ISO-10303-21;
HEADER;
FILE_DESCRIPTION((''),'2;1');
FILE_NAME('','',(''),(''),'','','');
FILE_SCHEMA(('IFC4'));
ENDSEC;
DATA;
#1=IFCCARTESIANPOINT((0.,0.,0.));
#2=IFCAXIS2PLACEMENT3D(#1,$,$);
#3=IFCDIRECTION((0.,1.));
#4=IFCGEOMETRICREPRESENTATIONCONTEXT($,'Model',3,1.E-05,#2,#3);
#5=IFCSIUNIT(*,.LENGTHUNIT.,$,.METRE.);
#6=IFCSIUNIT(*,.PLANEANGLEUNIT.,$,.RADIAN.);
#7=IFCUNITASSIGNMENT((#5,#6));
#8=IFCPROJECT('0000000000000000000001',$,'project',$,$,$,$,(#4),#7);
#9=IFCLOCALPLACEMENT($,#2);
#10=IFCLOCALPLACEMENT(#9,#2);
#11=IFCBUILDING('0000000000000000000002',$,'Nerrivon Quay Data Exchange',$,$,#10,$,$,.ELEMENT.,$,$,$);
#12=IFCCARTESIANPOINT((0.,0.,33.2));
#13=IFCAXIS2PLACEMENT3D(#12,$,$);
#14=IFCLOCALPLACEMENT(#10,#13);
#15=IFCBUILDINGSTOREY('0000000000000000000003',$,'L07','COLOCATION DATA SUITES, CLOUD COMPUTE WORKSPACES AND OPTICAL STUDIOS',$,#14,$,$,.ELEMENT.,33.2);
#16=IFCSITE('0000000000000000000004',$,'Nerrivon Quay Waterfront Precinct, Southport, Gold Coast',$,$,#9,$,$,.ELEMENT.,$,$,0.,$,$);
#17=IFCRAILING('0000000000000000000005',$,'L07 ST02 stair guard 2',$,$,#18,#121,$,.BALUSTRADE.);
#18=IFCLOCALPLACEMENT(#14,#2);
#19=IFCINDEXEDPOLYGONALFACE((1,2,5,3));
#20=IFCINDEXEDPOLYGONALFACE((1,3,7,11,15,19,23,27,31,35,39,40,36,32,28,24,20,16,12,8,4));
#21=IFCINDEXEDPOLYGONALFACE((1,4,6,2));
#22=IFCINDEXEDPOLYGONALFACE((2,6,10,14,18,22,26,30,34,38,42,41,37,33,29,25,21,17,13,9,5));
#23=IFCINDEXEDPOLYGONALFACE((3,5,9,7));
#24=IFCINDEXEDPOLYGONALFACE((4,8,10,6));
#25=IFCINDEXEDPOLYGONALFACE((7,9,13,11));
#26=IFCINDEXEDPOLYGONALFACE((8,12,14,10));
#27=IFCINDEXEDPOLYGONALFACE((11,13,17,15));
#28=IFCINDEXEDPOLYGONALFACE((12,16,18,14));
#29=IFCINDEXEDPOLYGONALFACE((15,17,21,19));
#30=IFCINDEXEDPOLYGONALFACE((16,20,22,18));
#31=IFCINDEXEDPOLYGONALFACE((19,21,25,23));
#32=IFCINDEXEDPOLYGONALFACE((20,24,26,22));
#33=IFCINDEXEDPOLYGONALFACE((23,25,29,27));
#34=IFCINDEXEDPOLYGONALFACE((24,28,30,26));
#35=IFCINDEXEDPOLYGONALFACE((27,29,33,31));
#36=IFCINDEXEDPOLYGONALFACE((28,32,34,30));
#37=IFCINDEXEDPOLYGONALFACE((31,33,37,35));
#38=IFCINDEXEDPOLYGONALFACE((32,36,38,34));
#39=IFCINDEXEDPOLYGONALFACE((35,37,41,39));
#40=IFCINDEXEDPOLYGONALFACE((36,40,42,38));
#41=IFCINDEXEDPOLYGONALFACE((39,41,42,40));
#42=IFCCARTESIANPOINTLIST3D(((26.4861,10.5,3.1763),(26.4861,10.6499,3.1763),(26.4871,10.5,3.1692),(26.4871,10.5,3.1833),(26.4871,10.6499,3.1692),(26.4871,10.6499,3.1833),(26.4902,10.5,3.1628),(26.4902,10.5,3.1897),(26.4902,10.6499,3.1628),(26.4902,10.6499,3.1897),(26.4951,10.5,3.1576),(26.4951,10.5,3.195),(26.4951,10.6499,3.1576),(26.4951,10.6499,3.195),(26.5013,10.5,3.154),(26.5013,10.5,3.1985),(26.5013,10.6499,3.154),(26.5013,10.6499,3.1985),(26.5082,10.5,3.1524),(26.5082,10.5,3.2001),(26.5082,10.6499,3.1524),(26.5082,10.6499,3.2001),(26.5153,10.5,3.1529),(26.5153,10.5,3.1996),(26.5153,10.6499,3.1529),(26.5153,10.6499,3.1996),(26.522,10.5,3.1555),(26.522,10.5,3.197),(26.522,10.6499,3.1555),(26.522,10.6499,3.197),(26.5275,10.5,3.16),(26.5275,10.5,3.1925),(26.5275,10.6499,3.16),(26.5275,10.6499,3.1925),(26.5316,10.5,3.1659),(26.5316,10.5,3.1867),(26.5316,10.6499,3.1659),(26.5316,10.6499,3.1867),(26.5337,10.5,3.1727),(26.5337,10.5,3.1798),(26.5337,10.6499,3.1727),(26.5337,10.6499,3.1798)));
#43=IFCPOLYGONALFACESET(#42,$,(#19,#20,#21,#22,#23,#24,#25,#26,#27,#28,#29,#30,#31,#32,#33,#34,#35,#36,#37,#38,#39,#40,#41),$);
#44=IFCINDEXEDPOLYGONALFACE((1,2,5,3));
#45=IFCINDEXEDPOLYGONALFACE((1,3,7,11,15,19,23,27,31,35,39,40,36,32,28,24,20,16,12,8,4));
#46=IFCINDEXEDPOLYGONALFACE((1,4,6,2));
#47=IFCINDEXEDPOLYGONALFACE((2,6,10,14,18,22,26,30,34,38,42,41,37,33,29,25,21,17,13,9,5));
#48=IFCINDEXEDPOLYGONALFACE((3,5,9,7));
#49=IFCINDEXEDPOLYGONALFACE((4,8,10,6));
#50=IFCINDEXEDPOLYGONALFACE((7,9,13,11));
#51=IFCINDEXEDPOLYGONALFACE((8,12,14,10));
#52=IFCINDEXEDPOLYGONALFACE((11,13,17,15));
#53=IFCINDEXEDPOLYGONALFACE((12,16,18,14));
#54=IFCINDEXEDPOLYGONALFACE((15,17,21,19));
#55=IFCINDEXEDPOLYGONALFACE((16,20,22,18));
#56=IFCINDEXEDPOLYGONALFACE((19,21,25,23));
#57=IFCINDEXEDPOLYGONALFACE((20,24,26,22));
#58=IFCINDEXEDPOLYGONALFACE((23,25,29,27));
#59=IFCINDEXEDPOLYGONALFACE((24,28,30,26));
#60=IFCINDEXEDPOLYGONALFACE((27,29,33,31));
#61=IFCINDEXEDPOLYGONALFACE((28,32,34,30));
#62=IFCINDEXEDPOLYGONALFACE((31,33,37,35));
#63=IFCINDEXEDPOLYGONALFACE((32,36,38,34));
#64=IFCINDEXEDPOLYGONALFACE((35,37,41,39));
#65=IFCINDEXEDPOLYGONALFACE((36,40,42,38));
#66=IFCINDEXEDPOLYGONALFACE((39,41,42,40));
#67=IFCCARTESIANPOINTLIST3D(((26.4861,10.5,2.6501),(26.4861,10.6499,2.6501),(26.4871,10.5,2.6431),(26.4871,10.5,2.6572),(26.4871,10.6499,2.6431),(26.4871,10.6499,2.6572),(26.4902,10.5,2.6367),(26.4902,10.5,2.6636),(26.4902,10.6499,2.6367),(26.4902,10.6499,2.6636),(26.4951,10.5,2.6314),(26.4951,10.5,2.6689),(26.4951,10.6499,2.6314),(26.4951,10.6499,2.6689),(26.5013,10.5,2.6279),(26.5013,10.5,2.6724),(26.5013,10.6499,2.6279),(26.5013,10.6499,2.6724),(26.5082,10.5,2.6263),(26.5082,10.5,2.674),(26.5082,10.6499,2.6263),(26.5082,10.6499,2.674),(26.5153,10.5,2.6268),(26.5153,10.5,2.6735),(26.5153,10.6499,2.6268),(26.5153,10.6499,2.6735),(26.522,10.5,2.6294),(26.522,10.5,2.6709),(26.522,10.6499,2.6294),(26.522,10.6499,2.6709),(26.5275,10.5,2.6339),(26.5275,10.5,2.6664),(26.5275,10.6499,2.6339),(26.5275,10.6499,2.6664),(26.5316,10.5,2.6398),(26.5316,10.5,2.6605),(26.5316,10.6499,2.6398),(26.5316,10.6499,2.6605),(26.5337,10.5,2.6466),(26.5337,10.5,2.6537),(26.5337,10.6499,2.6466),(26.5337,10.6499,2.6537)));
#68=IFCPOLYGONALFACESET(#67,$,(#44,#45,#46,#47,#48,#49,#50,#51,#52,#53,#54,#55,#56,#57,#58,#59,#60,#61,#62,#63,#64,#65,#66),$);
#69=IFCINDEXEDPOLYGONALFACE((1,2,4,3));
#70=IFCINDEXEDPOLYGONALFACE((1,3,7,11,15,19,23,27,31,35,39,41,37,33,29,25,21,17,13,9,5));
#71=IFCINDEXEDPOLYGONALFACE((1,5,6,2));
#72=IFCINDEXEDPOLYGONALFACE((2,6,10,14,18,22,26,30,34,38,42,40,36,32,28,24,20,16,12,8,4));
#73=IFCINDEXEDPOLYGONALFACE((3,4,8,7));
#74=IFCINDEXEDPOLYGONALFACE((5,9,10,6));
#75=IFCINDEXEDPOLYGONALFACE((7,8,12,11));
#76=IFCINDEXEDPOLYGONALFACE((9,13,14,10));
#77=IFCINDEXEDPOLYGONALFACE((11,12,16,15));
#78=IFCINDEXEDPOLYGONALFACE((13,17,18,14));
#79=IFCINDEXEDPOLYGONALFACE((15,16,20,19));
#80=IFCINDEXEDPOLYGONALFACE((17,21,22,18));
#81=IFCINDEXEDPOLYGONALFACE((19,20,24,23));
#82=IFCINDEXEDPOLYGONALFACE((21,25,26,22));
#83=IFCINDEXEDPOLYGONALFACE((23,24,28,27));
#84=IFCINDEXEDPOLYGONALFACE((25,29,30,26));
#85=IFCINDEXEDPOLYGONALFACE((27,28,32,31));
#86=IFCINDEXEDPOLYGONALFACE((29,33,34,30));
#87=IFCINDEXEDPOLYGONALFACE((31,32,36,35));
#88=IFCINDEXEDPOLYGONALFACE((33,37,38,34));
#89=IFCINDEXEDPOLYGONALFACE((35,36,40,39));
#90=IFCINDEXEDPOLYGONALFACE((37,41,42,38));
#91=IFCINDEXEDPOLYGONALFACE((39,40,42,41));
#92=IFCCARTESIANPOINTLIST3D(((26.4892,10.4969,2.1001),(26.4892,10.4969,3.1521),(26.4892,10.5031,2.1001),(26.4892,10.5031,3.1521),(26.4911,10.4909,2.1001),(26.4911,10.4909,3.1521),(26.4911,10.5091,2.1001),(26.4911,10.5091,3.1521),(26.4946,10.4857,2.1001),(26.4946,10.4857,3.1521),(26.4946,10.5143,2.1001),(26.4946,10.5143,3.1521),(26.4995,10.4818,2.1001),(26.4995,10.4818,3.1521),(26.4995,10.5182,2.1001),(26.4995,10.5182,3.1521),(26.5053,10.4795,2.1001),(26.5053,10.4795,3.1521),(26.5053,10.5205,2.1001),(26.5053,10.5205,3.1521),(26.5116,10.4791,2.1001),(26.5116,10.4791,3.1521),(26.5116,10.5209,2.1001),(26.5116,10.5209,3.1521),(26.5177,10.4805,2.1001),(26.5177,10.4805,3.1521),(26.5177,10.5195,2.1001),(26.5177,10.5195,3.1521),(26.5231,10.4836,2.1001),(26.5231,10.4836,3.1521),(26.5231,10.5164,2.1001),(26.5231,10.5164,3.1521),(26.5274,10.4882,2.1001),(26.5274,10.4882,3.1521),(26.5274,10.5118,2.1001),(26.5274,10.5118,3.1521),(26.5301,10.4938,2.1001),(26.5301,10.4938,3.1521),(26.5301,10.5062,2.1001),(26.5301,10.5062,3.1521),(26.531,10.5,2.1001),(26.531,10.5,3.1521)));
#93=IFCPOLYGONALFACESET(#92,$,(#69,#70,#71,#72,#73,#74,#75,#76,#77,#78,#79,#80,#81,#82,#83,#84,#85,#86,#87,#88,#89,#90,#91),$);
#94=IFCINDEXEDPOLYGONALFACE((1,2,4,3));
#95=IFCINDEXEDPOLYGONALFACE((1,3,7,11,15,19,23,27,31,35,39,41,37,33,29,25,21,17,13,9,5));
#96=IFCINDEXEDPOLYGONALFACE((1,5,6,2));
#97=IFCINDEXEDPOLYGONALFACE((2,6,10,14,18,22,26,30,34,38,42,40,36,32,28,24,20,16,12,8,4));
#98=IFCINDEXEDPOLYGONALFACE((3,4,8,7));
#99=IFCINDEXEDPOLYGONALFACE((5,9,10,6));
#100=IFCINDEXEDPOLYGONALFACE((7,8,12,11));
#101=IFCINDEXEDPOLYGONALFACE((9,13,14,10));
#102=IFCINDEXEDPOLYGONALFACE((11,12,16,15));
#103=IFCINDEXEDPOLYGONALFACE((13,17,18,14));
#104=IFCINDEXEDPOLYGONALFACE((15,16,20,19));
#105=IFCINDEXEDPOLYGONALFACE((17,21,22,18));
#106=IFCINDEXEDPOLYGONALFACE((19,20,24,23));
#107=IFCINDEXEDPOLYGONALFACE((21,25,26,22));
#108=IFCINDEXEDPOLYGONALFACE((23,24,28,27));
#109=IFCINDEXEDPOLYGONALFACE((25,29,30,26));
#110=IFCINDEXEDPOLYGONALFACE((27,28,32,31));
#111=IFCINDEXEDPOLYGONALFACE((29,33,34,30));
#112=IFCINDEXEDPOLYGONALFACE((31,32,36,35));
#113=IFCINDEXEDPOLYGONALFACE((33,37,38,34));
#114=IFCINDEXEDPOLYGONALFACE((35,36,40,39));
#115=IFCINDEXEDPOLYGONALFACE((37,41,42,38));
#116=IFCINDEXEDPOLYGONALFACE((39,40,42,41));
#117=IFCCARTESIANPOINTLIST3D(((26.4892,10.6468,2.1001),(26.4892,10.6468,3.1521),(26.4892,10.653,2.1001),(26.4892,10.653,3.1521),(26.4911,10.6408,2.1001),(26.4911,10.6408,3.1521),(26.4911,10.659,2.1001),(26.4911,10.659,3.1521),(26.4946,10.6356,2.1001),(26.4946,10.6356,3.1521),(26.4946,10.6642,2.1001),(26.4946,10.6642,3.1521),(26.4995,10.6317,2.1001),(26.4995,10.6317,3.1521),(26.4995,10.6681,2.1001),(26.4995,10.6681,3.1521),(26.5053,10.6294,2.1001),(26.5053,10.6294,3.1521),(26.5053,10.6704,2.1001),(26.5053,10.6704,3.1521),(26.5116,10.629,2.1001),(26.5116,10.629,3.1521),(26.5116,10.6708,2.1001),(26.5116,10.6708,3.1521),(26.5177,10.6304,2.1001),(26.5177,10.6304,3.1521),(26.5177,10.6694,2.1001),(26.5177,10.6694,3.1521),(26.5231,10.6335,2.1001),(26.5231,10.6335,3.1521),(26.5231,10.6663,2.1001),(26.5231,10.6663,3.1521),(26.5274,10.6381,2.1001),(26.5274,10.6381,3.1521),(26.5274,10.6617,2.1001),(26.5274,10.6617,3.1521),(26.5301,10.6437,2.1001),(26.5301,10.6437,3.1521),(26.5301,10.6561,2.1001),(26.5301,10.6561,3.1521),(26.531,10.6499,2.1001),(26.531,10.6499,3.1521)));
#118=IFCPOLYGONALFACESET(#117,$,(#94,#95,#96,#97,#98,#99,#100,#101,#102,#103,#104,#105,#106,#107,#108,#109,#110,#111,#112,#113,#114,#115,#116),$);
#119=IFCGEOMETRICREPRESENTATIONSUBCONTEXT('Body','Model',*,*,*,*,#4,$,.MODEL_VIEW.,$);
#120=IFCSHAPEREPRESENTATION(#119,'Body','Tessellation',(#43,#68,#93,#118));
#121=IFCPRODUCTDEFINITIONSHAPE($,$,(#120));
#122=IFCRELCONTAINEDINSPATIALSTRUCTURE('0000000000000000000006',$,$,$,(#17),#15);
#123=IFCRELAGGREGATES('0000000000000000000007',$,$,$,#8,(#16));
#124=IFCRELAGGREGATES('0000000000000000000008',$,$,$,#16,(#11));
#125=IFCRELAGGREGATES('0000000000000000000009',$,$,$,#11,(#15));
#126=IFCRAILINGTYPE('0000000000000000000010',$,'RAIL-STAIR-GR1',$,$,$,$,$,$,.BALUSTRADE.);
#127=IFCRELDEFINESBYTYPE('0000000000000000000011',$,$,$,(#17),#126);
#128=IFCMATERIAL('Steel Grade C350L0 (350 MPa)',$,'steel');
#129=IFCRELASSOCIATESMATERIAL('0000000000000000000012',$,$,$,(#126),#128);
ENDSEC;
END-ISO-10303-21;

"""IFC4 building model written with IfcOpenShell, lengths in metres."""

from ifc_helpers import new_model, si_unit, direction, frame, origin, origin_2d, place, context, subcontext, project, spatial, circle, extrude, material, type_object, element, save


model = new_model("IFC4")

# Units and contexts
model_context = context("Model", 3, precision=1e-05, world=origin(), true_north=direction((0.0, 1.0)))
body_context = subcontext(model_context, "Body", "Model", "MODEL_VIEW")
ifc_project = project(units=[si_unit("LENGTHUNIT", "METRE"), si_unit("PLANEANGLEUNIT", "RADIAN")], contexts=[model_context])

# Site, building, storey
site_placement = place(None, origin())
site = spatial("IfcSite", under=ifc_project, at=site_placement, Name="Nerrivon Quay Waterfront Precinct, Southport, Gold Coast", CompositionType="ELEMENT", RefElevation=0.0)
building_placement = place(site_placement, origin())
building = spatial("IfcBuilding", under=site, at=building_placement, Name="Nerrivon Quay Data Exchange", CompositionType="ELEMENT")
storey_placement = place(building_placement, frame((0.0, 0.0, 33.2)))
storey = spatial("IfcBuildingStorey", under=building, at=storey_placement, Name="L07", Description="COLOCATION DATA SUITES, CLOUD COMPUTE WORKSPACES AND OPTICAL STUDIOS", CompositionType="ELEMENT", Elevation=33.2)

# Railing
ifc_material_1 = material(Name="Steel Grade C350L0 (350 MPa)", Category="steel")
railing_type_1 = type_object("IfcRailingType", Name="RAIL-STAIR-GR1", PredefinedType="BALUSTRADE", material=ifc_material_1)
railing_1_placement = place(storey_placement, frame((26.51, 10.5, 2.1001)))
element("IfcRailing", 1, at=railing_1_placement, inside=storey, type_object=railing_type_1, Name="L07 ST02 stair guard 2", PredefinedType="BALUSTRADE", context=body_context, shape_type="SweptSolid", body=[
    extrude(circle(Radius=0.0239, at=origin_2d()), frame((0.0, 0.0, 1.0762), z_axis=(0.0, 1.0, 0.0), x_axis=(-1.0, 0.0, 0.0)), (0.0, 0.0, 1.0), 0.1499),
    extrude(circle(Radius=0.0239, at=origin_2d()), frame((0.0, 0.0, 0.55), z_axis=(0.0, 1.0, 0.0), x_axis=(-1.0, 0.0, 0.0)), (0.0, 0.0, 1.0), 0.1499),
    extrude(circle(Radius=0.021, at=origin_2d()), origin(), (0.0, 0.0, 1.0), 1.052),
    extrude(circle(Radius=0.021, at=origin_2d()), frame((0.0, 0.1499, 0.0)), (0.0, 0.0, 1.0), 1.052),
])

save(model, "model.ifc")
